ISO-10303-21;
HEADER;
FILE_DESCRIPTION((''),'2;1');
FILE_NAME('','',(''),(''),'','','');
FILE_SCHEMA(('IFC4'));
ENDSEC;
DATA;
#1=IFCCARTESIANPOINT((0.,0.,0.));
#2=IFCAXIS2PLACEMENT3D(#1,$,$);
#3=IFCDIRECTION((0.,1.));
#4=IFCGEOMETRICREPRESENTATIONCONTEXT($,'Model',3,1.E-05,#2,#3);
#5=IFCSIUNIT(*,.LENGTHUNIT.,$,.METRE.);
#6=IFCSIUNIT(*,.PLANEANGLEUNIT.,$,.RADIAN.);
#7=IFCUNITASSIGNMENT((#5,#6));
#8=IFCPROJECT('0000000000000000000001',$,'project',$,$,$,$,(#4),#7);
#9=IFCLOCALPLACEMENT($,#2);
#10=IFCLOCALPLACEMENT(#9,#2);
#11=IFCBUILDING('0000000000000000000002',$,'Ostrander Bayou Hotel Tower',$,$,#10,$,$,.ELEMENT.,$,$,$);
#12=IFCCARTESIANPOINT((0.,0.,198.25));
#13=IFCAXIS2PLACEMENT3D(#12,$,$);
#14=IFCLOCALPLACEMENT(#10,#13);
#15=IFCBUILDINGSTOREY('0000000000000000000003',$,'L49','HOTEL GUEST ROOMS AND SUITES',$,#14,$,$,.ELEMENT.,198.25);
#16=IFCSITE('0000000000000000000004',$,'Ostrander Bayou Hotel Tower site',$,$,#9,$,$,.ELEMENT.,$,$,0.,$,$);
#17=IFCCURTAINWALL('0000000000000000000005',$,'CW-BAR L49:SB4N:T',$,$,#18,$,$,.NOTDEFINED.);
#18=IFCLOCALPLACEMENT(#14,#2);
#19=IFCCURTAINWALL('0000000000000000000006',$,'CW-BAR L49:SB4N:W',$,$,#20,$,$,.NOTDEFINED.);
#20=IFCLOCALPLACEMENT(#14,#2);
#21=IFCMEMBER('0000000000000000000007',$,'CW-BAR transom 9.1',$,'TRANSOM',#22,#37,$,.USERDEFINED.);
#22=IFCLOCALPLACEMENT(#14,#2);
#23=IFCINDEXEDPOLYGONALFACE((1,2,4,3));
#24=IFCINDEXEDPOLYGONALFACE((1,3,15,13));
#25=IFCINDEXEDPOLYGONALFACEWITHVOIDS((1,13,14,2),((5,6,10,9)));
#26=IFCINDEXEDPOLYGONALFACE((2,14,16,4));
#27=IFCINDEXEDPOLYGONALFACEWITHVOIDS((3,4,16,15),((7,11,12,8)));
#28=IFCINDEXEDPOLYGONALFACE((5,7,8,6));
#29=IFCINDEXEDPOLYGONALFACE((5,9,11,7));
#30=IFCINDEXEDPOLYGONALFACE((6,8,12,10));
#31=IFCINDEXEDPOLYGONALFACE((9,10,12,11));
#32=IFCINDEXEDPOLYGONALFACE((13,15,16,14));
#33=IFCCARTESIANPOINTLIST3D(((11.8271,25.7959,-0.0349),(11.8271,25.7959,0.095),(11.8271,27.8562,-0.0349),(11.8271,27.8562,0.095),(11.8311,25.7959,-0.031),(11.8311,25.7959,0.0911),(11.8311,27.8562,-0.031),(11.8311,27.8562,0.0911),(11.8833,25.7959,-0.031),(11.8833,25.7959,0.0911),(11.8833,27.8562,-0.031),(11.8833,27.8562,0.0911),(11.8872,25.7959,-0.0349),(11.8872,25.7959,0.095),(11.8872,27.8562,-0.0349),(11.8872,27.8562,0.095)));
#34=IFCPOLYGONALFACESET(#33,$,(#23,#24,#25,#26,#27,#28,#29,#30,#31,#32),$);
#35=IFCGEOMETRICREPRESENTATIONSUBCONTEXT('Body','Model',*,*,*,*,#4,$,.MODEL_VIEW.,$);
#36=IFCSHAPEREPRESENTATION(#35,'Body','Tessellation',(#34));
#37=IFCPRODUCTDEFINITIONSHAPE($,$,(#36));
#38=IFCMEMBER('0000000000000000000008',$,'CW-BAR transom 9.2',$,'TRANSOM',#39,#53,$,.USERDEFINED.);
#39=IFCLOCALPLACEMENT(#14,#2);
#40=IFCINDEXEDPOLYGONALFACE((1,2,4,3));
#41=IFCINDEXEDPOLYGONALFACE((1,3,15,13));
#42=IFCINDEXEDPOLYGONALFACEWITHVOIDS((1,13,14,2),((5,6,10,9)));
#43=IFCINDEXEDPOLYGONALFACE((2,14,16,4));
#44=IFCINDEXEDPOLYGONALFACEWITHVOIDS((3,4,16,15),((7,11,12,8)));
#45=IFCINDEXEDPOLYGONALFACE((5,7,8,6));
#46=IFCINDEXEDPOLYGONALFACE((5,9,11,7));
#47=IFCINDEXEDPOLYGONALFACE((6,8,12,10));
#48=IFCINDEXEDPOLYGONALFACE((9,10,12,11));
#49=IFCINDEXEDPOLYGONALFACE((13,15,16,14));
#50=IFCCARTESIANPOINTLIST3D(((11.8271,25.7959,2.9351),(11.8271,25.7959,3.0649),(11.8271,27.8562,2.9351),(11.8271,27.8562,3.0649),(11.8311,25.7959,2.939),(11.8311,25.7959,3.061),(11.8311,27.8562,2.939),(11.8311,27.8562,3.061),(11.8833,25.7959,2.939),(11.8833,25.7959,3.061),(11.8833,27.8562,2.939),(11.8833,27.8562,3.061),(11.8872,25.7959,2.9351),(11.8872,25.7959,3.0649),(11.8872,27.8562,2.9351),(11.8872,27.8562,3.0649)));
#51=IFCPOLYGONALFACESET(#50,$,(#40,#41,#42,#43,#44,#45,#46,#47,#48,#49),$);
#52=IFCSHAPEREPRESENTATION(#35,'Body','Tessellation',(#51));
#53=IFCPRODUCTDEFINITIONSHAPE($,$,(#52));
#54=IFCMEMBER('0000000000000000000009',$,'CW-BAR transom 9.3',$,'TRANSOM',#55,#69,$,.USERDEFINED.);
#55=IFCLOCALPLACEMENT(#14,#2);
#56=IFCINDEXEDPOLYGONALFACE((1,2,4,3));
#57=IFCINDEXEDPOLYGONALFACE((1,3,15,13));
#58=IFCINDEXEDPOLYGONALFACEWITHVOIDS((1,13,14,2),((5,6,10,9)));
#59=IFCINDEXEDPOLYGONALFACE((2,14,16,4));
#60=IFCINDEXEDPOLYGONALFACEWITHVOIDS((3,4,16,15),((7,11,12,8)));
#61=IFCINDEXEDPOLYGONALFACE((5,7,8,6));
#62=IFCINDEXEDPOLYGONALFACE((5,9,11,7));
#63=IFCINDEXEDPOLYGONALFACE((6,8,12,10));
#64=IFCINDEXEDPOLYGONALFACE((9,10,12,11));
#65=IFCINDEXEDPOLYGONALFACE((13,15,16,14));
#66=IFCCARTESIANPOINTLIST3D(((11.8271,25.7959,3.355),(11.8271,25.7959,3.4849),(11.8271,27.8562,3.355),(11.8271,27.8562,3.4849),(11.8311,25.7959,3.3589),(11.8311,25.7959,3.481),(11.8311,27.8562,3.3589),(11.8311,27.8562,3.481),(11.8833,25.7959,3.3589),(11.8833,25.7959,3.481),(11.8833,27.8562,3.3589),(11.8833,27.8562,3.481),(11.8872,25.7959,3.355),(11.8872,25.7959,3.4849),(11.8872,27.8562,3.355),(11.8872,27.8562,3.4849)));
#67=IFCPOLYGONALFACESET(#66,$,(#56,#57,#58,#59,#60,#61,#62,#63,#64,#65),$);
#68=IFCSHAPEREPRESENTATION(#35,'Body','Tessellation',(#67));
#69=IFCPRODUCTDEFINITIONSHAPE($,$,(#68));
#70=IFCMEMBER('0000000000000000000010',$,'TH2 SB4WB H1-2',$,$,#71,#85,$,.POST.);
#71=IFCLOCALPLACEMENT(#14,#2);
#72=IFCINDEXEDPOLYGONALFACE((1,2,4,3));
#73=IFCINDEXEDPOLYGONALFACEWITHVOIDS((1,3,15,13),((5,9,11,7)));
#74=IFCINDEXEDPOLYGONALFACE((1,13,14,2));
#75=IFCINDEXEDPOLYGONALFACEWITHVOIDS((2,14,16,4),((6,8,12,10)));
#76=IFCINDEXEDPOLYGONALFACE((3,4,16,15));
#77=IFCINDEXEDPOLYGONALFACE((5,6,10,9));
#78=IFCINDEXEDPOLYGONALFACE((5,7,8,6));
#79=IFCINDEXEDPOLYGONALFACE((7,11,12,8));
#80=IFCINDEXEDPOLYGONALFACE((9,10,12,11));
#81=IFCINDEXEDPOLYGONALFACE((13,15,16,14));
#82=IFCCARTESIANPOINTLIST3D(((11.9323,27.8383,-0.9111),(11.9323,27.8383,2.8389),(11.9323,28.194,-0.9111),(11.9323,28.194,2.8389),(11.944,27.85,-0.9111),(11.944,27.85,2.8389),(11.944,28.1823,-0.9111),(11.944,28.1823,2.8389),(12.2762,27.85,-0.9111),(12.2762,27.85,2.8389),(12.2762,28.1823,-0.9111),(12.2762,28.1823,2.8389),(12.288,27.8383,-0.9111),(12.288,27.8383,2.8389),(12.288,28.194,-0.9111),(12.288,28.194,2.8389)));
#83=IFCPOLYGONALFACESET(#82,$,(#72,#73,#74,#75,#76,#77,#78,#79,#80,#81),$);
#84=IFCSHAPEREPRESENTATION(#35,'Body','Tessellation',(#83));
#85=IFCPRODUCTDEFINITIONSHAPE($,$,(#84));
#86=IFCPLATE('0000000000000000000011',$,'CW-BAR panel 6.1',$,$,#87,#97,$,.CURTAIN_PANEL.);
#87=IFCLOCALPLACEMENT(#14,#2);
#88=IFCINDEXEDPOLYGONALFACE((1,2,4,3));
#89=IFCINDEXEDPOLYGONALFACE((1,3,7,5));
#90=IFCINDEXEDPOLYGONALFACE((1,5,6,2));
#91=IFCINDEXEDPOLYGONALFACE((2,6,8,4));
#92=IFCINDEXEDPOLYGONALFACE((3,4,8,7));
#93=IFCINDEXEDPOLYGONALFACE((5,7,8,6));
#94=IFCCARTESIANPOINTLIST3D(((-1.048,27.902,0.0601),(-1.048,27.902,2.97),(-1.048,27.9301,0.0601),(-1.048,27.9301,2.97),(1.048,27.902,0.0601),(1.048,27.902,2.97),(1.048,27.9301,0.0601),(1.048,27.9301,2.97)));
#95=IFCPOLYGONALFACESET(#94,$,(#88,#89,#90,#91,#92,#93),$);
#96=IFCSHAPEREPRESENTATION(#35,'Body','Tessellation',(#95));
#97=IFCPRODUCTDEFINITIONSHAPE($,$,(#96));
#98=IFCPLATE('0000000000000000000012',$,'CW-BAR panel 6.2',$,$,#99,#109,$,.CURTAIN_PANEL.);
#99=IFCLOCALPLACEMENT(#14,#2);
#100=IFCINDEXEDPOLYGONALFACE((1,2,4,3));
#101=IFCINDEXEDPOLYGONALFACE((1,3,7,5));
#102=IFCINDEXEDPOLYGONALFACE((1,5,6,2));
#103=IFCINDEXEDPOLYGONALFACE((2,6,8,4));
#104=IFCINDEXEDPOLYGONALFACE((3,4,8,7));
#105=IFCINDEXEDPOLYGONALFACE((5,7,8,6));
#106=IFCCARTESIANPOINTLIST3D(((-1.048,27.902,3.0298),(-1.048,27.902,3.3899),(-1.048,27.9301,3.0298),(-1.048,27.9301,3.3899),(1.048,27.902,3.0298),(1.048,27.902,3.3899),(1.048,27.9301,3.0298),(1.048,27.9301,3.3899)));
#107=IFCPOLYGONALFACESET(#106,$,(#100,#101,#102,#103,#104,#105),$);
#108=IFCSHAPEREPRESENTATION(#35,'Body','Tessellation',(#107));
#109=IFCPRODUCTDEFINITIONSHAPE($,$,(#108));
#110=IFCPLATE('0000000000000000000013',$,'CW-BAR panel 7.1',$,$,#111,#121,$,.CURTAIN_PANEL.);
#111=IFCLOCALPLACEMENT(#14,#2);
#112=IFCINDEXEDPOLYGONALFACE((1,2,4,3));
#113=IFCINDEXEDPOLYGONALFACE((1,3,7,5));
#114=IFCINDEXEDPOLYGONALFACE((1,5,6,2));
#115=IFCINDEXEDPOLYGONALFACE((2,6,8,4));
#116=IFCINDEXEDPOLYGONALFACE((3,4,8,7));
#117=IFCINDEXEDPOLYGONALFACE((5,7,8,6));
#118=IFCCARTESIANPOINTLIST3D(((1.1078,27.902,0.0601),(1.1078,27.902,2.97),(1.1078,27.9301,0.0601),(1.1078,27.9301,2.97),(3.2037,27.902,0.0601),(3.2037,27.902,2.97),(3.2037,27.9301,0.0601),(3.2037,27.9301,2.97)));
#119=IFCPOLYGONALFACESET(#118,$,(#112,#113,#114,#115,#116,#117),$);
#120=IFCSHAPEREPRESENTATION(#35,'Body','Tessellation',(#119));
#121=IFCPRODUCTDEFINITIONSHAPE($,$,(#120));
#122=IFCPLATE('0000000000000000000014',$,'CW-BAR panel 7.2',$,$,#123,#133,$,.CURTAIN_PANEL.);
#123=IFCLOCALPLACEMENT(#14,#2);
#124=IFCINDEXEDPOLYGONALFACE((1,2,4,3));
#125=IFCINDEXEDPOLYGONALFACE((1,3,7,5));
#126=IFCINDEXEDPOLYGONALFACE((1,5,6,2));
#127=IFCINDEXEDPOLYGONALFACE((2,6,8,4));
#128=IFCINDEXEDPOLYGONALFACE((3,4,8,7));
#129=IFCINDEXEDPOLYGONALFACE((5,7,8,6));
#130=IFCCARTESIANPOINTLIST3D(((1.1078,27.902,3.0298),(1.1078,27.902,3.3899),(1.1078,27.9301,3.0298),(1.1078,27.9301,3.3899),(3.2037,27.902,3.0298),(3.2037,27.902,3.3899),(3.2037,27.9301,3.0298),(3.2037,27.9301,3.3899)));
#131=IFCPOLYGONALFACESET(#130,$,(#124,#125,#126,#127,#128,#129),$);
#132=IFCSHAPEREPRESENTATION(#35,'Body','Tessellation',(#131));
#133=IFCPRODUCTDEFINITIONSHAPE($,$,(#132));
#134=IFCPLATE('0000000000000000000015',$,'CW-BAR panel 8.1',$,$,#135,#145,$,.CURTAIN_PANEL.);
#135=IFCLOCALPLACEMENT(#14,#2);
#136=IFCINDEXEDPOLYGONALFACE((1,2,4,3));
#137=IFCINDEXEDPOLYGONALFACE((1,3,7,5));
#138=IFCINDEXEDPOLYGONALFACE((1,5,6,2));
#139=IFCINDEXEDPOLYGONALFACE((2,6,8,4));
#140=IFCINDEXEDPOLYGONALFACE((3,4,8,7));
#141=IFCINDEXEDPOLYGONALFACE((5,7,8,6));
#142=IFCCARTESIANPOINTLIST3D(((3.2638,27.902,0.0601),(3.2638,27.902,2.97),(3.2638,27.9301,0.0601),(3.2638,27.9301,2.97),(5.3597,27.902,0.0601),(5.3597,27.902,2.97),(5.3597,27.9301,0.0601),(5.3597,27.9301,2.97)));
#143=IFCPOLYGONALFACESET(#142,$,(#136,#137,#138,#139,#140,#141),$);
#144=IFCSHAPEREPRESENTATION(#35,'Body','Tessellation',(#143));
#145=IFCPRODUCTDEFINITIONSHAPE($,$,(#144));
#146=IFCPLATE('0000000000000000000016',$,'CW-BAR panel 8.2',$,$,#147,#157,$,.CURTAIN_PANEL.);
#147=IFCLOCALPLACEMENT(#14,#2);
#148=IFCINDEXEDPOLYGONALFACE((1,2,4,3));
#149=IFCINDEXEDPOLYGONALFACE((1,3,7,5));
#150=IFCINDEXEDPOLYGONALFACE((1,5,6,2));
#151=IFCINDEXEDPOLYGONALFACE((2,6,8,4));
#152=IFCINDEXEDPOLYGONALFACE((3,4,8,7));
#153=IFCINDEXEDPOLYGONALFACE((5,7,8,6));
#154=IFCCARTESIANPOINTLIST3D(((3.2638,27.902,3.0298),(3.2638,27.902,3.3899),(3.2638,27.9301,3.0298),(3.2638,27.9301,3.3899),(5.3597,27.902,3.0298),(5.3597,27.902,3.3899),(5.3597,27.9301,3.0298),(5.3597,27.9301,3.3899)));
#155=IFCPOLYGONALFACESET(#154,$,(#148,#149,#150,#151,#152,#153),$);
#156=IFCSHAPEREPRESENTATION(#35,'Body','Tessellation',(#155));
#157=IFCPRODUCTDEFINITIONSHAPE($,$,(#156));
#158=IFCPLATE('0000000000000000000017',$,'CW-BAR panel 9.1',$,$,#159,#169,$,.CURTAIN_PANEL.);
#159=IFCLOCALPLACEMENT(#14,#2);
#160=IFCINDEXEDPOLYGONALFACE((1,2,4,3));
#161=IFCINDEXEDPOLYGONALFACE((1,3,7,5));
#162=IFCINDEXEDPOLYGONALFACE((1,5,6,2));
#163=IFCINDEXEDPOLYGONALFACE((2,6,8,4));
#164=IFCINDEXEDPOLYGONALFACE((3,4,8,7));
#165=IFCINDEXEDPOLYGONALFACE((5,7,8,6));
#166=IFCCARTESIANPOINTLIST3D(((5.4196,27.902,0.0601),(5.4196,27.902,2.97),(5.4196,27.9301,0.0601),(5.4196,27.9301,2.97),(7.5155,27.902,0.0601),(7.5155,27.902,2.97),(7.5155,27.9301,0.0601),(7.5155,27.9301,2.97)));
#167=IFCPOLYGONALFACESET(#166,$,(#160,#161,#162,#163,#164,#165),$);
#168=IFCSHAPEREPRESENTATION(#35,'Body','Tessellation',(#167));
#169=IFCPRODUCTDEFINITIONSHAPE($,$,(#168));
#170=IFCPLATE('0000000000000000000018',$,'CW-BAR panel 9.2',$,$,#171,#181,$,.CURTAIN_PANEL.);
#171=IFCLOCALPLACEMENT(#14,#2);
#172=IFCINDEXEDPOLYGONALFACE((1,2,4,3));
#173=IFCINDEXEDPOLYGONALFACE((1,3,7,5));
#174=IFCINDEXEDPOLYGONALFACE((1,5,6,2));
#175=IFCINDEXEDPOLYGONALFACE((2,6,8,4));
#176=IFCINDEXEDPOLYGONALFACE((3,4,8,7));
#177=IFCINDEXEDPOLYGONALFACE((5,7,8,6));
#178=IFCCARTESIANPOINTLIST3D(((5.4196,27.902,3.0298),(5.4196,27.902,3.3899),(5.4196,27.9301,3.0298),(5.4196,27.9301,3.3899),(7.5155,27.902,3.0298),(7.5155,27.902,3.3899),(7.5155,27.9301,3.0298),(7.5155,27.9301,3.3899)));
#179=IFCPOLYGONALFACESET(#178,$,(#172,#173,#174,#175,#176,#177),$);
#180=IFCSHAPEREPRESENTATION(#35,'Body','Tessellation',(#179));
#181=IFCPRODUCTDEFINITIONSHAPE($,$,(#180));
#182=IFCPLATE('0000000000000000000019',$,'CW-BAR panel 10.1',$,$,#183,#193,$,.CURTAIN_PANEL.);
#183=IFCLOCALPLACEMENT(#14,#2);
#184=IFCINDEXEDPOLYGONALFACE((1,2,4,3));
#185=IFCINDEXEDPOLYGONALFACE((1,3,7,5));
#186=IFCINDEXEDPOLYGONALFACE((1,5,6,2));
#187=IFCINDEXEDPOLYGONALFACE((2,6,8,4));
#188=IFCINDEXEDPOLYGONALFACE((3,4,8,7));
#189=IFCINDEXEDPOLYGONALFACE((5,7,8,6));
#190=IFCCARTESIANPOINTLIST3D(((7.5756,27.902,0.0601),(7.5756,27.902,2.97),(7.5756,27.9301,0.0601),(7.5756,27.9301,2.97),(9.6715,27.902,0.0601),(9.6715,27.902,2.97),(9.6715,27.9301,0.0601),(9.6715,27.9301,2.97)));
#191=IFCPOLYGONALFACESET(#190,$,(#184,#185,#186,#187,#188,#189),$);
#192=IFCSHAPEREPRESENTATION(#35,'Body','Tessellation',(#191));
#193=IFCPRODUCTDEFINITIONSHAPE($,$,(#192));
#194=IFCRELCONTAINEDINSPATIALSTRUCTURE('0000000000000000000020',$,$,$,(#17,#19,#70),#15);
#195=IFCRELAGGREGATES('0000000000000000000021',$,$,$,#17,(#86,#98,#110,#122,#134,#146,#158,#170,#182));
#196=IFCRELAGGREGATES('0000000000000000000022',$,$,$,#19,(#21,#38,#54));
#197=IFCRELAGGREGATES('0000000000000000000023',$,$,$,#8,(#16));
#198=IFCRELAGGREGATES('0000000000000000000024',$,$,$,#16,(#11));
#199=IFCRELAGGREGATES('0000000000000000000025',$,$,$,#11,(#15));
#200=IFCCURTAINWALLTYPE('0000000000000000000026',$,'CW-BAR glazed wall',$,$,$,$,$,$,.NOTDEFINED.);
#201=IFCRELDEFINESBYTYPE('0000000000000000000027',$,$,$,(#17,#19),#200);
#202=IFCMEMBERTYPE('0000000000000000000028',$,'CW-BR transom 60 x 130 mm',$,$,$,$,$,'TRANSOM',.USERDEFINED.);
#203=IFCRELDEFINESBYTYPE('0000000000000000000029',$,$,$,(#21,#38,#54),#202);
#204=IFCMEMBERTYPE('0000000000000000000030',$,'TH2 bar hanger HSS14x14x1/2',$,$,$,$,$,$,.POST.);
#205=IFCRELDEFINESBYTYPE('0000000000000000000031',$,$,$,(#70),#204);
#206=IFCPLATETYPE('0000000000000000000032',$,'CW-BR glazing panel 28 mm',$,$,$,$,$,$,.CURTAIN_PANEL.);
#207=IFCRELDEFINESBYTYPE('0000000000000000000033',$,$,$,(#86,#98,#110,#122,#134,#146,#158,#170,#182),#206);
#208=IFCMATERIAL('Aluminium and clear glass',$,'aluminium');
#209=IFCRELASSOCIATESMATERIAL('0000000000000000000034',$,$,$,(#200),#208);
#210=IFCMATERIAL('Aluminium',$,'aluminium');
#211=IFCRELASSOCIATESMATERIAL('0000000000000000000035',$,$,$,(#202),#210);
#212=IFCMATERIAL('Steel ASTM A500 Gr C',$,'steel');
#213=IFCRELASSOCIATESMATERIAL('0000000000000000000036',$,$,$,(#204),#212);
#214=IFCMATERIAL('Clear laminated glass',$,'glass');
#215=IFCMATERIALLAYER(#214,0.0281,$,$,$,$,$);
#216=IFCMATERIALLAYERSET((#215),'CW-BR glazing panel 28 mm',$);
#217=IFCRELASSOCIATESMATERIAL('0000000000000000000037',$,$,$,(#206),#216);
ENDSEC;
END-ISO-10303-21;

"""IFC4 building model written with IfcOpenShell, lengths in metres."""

from ifc_helpers import new_model, si_unit, direction, frame, origin, origin_2d, place, context, subcontext, project, spatial, rectangle, hollow_rectangle, extrude, material, layer, layer_set, material_profile, profile_set, type_object, element, aggregate, save


model = new_model("IFC4")

# Units and contexts
model_context = context("Model", 3, precision=1e-05, world=origin(), true_north=direction((0.0, 1.0)))
body_context = subcontext(model_context, "Body", "Model", "MODEL_VIEW")
ifc_project = project(units=[si_unit("LENGTHUNIT", "METRE"), si_unit("PLANEANGLEUNIT", "RADIAN")], contexts=[model_context])

# Site, building, storey
site_placement = place(None, origin())
site = spatial("IfcSite", under=ifc_project, at=site_placement, Name="Ostrander Bayou Hotel Tower site", CompositionType="ELEMENT", RefElevation=0.0)
building_placement = place(site_placement, origin())
building = spatial("IfcBuilding", under=site, at=building_placement, Name="Ostrander Bayou Hotel Tower", CompositionType="ELEMENT")
storey_placement = place(building_placement, frame((0.0, 0.0, 198.25)))
storey = spatial("IfcBuildingStorey", under=building, at=storey_placement, Name="L49", Description="HOTEL GUEST ROOMS AND SUITES", CompositionType="ELEMENT", Elevation=198.25)

# Curtain wall
ifc_material_1 = material(Name="Aluminium and clear glass", Category="aluminium")
curtain_wall_type = type_object("IfcCurtainWallType", Name="CW-BAR glazed wall", PredefinedType="NOTDEFINED", material=ifc_material_1)
curtain_wall_1_placement = place(storey_placement, origin())
curtain_wall_1 = element("IfcCurtainWall", 1, at=curtain_wall_1_placement, inside=storey, type_object=curtain_wall_type, Name="CW-BAR L49:SB4N:T", PredefinedType="NOTDEFINED")

# Curtain wall
curtain_wall_2_placement = place(storey_placement, origin())
curtain_wall_2 = element("IfcCurtainWall", 2, at=curtain_wall_2_placement, inside=storey, type_object=curtain_wall_type, Name="CW-BAR L49:SB4N:W", PredefinedType="NOTDEFINED")

# Members
ifc_material_2 = material(Name="Aluminium", Category="aluminium")
ifc_material_profile_1 = material_profile(ifc_material_2, hollow_rectangle(XDim=0.0601, YDim=0.1299, WallThickness=0.0039, at=origin_2d()))
ifc_profile_set_1 = profile_set([ifc_material_profile_1], Name="Aluminium")
member_type_1 = type_object("IfcMemberType", Name="CW-BR transom 60 x 130 mm", ElementType="TRANSOM", PredefinedType="USERDEFINED", material=ifc_profile_set_1)
member_1_placement = place(storey_placement, frame((11.8572, 25.7959, 0.03), z_axis=(0.0, 1.0, 0.0), x_axis=(-1.0, 0.0, 0.0)))
member_1 = element("IfcMember", 3, at=member_1_placement, type_object=member_type_1, Name="CW-BAR transom 9.1", ObjectType="TRANSOM", PredefinedType="USERDEFINED", context=body_context, shape_type="SweptSolid", body=[
    extrude(hollow_rectangle(XDim=0.0601, YDim=0.1299, WallThickness=0.0039, at=origin_2d()), origin(), (0.0, 0.0, 1.0), 2.0603),
])
member_2_placement = place(storey_placement, frame((11.8572, 25.7959, 3.0), z_axis=(0.0, 1.0, 0.0), x_axis=(-1.0, 0.0, 0.0)))
member_2 = element("IfcMember", 4, at=member_2_placement, type_object=member_type_1, Name="CW-BAR transom 9.2", ObjectType="TRANSOM", PredefinedType="USERDEFINED", context=body_context, shape_type="SweptSolid", body=[
    extrude(hollow_rectangle(XDim=0.0601, YDim=0.1299, WallThickness=0.0039, at=origin_2d()), origin(), (0.0, 0.0, 1.0), 2.0603),
])
member_3_placement = place(storey_placement, frame((11.8572, 25.7959, 3.4199), z_axis=(0.0, 1.0, 0.0), x_axis=(-1.0, 0.0, 0.0)))
member_3 = element("IfcMember", 5, at=member_3_placement, type_object=member_type_1, Name="CW-BAR transom 9.3", ObjectType="TRANSOM", PredefinedType="USERDEFINED", context=body_context, shape_type="SweptSolid", body=[
    extrude(hollow_rectangle(XDim=0.0601, YDim=0.1299, WallThickness=0.0039, at=origin_2d()), origin(), (0.0, 0.0, 1.0), 2.0603),
])
ifc_material_3 = material(Name="Steel ASTM A500 Gr C", Category="steel")
ifc_material_profile_2 = material_profile(ifc_material_3, hollow_rectangle(XDim=0.3557, YDim=0.3557, WallThickness=0.0117, at=origin_2d()))
ifc_profile_set_2 = profile_set([ifc_material_profile_2], Name="Steel ASTM A500 Gr C")
member_type_2 = type_object("IfcMemberType", Name="TH2 bar hanger HSS14x14x1/2", PredefinedType="POST", material=ifc_profile_set_2)
member_4_placement = place(storey_placement, frame((12.1101, 28.0161, -0.9111), z_axis=(0.0, 0.0, 1.0), x_axis=(1.0, 0.0, 0.0)))
element("IfcMember", 6, at=member_4_placement, inside=storey, type_object=member_type_2, Name="TH2 SB4WB H1-2", PredefinedType="POST", context=body_context, shape_type="SweptSolid", body=[
    extrude(hollow_rectangle(XDim=0.3557, YDim=0.3557, WallThickness=0.0117, at=origin_2d()), origin(), (0.0, 0.0, 1.0), 3.75),
])

# Plates
ifc_material_4 = material(Name="Clear laminated glass", Category="glass")
ifc_layer = layer(ifc_material_4, 0.0281)
ifc_layer_set = layer_set([ifc_layer], Name="CW-BR glazing panel 28 mm")
plate_type = type_object("IfcPlateType", Name="CW-BR glazing panel 28 mm", PredefinedType="CURTAIN_PANEL", material=ifc_layer_set)
plate_1_placement = place(storey_placement, frame((0.0, 27.916, 0.0601), z_axis=(0.0, 0.0, 1.0), x_axis=(1.0, 0.0, 0.0)))
plate_1 = element("IfcPlate", 7, at=plate_1_placement, type_object=plate_type, Name="CW-BAR panel 6.1", PredefinedType="CURTAIN_PANEL", context=body_context, shape_type="SweptSolid", body=[
    extrude(rectangle(XDim=2.0959, YDim=0.0281, at=origin_2d()), origin(), (0.0, 0.0, 1.0), 2.9099),
])
plate_2_placement = place(storey_placement, frame((0.0, 27.916, 3.0298), z_axis=(0.0, 0.0, 1.0), x_axis=(1.0, 0.0, 0.0)))
plate_2 = element("IfcPlate", 8, at=plate_2_placement, type_object=plate_type, Name="CW-BAR panel 6.2", PredefinedType="CURTAIN_PANEL", context=body_context, shape_type="SweptSolid", body=[
    extrude(rectangle(XDim=2.0959, YDim=0.0281, at=origin_2d()), origin(), (0.0, 0.0, 1.0), 0.3601),
])
plate_3_placement = place(storey_placement, frame((2.1558, 27.916, 0.0601), z_axis=(0.0, 0.0, 1.0), x_axis=(1.0, 0.0, 0.0)))
plate_3 = element("IfcPlate", 9, at=plate_3_placement, type_object=plate_type, Name="CW-BAR panel 7.1", PredefinedType="CURTAIN_PANEL", context=body_context, shape_type="SweptSolid", body=[
    extrude(rectangle(XDim=2.0959, YDim=0.0281, at=origin_2d()), origin(), (0.0, 0.0, 1.0), 2.9099),
])
plate_4_placement = place(storey_placement, frame((2.1558, 27.916, 3.0298), z_axis=(0.0, 0.0, 1.0), x_axis=(1.0, 0.0, 0.0)))
plate_4 = element("IfcPlate", 10, at=plate_4_placement, type_object=plate_type, Name="CW-BAR panel 7.2", PredefinedType="CURTAIN_PANEL", context=body_context, shape_type="SweptSolid", body=[
    extrude(rectangle(XDim=2.0959, YDim=0.0281, at=origin_2d()), origin(), (0.0, 0.0, 1.0), 0.3601),
])
plate_5_placement = place(storey_placement, frame((4.3118, 27.916, 0.0601), z_axis=(0.0, 0.0, 1.0), x_axis=(1.0, 0.0, 0.0)))
plate_5 = element("IfcPlate", 11, at=plate_5_placement, type_object=plate_type, Name="CW-BAR panel 8.1", PredefinedType="CURTAIN_PANEL", context=body_context, shape_type="SweptSolid", body=[
    extrude(rectangle(XDim=2.0959, YDim=0.0281, at=origin_2d()), origin(), (0.0, 0.0, 1.0), 2.9099),
])
plate_6_placement = place(storey_placement, frame((4.3118, 27.916, 3.0298), z_axis=(0.0, 0.0, 1.0), x_axis=(1.0, 0.0, 0.0)))
plate_6 = element("IfcPlate", 12, at=plate_6_placement, type_object=plate_type, Name="CW-BAR panel 8.2", PredefinedType="CURTAIN_PANEL", context=body_context, shape_type="SweptSolid", body=[
    extrude(rectangle(XDim=2.0959, YDim=0.0281, at=origin_2d()), origin(), (0.0, 0.0, 1.0), 0.3601),
])
plate_7_placement = place(storey_placement, frame((6.4675, 27.916, 0.0601), z_axis=(0.0, 0.0, 1.0), x_axis=(1.0, 0.0, 0.0)))
plate_7 = element("IfcPlate", 13, at=plate_7_placement, type_object=plate_type, Name="CW-BAR panel 9.1", PredefinedType="CURTAIN_PANEL", context=body_context, shape_type="SweptSolid", body=[
    extrude(rectangle(XDim=2.0959, YDim=0.0281, at=origin_2d()), origin(), (0.0, 0.0, 1.0), 2.9099),
])
plate_8_placement = place(storey_placement, frame((6.4675, 27.916, 3.0298), z_axis=(0.0, 0.0, 1.0), x_axis=(1.0, 0.0, 0.0)))
plate_8 = element("IfcPlate", 14, at=plate_8_placement, type_object=plate_type, Name="CW-BAR panel 9.2", PredefinedType="CURTAIN_PANEL", context=body_context, shape_type="SweptSolid", body=[
    extrude(rectangle(XDim=2.0959, YDim=0.0281, at=origin_2d()), origin(), (0.0, 0.0, 1.0), 0.3601),
])
plate_9_placement = place(storey_placement, frame((8.6235, 27.916, 0.0601), z_axis=(0.0, 0.0, 1.0), x_axis=(1.0, 0.0, 0.0)))
plate_9 = element("IfcPlate", 15, at=plate_9_placement, type_object=plate_type, Name="CW-BAR panel 10.1", PredefinedType="CURTAIN_PANEL", context=body_context, shape_type="SweptSolid", body=[
    extrude(rectangle(XDim=2.0959, YDim=0.0281, at=origin_2d()), origin(), (0.0, 0.0, 1.0), 2.9099),
])
aggregate(curtain_wall_1, [plate_1, plate_2, plate_3, plate_4, plate_5, plate_6, plate_7, plate_8, plate_9])
aggregate(curtain_wall_2, [member_1, member_2, member_3])

save(model, "model.ifc")
